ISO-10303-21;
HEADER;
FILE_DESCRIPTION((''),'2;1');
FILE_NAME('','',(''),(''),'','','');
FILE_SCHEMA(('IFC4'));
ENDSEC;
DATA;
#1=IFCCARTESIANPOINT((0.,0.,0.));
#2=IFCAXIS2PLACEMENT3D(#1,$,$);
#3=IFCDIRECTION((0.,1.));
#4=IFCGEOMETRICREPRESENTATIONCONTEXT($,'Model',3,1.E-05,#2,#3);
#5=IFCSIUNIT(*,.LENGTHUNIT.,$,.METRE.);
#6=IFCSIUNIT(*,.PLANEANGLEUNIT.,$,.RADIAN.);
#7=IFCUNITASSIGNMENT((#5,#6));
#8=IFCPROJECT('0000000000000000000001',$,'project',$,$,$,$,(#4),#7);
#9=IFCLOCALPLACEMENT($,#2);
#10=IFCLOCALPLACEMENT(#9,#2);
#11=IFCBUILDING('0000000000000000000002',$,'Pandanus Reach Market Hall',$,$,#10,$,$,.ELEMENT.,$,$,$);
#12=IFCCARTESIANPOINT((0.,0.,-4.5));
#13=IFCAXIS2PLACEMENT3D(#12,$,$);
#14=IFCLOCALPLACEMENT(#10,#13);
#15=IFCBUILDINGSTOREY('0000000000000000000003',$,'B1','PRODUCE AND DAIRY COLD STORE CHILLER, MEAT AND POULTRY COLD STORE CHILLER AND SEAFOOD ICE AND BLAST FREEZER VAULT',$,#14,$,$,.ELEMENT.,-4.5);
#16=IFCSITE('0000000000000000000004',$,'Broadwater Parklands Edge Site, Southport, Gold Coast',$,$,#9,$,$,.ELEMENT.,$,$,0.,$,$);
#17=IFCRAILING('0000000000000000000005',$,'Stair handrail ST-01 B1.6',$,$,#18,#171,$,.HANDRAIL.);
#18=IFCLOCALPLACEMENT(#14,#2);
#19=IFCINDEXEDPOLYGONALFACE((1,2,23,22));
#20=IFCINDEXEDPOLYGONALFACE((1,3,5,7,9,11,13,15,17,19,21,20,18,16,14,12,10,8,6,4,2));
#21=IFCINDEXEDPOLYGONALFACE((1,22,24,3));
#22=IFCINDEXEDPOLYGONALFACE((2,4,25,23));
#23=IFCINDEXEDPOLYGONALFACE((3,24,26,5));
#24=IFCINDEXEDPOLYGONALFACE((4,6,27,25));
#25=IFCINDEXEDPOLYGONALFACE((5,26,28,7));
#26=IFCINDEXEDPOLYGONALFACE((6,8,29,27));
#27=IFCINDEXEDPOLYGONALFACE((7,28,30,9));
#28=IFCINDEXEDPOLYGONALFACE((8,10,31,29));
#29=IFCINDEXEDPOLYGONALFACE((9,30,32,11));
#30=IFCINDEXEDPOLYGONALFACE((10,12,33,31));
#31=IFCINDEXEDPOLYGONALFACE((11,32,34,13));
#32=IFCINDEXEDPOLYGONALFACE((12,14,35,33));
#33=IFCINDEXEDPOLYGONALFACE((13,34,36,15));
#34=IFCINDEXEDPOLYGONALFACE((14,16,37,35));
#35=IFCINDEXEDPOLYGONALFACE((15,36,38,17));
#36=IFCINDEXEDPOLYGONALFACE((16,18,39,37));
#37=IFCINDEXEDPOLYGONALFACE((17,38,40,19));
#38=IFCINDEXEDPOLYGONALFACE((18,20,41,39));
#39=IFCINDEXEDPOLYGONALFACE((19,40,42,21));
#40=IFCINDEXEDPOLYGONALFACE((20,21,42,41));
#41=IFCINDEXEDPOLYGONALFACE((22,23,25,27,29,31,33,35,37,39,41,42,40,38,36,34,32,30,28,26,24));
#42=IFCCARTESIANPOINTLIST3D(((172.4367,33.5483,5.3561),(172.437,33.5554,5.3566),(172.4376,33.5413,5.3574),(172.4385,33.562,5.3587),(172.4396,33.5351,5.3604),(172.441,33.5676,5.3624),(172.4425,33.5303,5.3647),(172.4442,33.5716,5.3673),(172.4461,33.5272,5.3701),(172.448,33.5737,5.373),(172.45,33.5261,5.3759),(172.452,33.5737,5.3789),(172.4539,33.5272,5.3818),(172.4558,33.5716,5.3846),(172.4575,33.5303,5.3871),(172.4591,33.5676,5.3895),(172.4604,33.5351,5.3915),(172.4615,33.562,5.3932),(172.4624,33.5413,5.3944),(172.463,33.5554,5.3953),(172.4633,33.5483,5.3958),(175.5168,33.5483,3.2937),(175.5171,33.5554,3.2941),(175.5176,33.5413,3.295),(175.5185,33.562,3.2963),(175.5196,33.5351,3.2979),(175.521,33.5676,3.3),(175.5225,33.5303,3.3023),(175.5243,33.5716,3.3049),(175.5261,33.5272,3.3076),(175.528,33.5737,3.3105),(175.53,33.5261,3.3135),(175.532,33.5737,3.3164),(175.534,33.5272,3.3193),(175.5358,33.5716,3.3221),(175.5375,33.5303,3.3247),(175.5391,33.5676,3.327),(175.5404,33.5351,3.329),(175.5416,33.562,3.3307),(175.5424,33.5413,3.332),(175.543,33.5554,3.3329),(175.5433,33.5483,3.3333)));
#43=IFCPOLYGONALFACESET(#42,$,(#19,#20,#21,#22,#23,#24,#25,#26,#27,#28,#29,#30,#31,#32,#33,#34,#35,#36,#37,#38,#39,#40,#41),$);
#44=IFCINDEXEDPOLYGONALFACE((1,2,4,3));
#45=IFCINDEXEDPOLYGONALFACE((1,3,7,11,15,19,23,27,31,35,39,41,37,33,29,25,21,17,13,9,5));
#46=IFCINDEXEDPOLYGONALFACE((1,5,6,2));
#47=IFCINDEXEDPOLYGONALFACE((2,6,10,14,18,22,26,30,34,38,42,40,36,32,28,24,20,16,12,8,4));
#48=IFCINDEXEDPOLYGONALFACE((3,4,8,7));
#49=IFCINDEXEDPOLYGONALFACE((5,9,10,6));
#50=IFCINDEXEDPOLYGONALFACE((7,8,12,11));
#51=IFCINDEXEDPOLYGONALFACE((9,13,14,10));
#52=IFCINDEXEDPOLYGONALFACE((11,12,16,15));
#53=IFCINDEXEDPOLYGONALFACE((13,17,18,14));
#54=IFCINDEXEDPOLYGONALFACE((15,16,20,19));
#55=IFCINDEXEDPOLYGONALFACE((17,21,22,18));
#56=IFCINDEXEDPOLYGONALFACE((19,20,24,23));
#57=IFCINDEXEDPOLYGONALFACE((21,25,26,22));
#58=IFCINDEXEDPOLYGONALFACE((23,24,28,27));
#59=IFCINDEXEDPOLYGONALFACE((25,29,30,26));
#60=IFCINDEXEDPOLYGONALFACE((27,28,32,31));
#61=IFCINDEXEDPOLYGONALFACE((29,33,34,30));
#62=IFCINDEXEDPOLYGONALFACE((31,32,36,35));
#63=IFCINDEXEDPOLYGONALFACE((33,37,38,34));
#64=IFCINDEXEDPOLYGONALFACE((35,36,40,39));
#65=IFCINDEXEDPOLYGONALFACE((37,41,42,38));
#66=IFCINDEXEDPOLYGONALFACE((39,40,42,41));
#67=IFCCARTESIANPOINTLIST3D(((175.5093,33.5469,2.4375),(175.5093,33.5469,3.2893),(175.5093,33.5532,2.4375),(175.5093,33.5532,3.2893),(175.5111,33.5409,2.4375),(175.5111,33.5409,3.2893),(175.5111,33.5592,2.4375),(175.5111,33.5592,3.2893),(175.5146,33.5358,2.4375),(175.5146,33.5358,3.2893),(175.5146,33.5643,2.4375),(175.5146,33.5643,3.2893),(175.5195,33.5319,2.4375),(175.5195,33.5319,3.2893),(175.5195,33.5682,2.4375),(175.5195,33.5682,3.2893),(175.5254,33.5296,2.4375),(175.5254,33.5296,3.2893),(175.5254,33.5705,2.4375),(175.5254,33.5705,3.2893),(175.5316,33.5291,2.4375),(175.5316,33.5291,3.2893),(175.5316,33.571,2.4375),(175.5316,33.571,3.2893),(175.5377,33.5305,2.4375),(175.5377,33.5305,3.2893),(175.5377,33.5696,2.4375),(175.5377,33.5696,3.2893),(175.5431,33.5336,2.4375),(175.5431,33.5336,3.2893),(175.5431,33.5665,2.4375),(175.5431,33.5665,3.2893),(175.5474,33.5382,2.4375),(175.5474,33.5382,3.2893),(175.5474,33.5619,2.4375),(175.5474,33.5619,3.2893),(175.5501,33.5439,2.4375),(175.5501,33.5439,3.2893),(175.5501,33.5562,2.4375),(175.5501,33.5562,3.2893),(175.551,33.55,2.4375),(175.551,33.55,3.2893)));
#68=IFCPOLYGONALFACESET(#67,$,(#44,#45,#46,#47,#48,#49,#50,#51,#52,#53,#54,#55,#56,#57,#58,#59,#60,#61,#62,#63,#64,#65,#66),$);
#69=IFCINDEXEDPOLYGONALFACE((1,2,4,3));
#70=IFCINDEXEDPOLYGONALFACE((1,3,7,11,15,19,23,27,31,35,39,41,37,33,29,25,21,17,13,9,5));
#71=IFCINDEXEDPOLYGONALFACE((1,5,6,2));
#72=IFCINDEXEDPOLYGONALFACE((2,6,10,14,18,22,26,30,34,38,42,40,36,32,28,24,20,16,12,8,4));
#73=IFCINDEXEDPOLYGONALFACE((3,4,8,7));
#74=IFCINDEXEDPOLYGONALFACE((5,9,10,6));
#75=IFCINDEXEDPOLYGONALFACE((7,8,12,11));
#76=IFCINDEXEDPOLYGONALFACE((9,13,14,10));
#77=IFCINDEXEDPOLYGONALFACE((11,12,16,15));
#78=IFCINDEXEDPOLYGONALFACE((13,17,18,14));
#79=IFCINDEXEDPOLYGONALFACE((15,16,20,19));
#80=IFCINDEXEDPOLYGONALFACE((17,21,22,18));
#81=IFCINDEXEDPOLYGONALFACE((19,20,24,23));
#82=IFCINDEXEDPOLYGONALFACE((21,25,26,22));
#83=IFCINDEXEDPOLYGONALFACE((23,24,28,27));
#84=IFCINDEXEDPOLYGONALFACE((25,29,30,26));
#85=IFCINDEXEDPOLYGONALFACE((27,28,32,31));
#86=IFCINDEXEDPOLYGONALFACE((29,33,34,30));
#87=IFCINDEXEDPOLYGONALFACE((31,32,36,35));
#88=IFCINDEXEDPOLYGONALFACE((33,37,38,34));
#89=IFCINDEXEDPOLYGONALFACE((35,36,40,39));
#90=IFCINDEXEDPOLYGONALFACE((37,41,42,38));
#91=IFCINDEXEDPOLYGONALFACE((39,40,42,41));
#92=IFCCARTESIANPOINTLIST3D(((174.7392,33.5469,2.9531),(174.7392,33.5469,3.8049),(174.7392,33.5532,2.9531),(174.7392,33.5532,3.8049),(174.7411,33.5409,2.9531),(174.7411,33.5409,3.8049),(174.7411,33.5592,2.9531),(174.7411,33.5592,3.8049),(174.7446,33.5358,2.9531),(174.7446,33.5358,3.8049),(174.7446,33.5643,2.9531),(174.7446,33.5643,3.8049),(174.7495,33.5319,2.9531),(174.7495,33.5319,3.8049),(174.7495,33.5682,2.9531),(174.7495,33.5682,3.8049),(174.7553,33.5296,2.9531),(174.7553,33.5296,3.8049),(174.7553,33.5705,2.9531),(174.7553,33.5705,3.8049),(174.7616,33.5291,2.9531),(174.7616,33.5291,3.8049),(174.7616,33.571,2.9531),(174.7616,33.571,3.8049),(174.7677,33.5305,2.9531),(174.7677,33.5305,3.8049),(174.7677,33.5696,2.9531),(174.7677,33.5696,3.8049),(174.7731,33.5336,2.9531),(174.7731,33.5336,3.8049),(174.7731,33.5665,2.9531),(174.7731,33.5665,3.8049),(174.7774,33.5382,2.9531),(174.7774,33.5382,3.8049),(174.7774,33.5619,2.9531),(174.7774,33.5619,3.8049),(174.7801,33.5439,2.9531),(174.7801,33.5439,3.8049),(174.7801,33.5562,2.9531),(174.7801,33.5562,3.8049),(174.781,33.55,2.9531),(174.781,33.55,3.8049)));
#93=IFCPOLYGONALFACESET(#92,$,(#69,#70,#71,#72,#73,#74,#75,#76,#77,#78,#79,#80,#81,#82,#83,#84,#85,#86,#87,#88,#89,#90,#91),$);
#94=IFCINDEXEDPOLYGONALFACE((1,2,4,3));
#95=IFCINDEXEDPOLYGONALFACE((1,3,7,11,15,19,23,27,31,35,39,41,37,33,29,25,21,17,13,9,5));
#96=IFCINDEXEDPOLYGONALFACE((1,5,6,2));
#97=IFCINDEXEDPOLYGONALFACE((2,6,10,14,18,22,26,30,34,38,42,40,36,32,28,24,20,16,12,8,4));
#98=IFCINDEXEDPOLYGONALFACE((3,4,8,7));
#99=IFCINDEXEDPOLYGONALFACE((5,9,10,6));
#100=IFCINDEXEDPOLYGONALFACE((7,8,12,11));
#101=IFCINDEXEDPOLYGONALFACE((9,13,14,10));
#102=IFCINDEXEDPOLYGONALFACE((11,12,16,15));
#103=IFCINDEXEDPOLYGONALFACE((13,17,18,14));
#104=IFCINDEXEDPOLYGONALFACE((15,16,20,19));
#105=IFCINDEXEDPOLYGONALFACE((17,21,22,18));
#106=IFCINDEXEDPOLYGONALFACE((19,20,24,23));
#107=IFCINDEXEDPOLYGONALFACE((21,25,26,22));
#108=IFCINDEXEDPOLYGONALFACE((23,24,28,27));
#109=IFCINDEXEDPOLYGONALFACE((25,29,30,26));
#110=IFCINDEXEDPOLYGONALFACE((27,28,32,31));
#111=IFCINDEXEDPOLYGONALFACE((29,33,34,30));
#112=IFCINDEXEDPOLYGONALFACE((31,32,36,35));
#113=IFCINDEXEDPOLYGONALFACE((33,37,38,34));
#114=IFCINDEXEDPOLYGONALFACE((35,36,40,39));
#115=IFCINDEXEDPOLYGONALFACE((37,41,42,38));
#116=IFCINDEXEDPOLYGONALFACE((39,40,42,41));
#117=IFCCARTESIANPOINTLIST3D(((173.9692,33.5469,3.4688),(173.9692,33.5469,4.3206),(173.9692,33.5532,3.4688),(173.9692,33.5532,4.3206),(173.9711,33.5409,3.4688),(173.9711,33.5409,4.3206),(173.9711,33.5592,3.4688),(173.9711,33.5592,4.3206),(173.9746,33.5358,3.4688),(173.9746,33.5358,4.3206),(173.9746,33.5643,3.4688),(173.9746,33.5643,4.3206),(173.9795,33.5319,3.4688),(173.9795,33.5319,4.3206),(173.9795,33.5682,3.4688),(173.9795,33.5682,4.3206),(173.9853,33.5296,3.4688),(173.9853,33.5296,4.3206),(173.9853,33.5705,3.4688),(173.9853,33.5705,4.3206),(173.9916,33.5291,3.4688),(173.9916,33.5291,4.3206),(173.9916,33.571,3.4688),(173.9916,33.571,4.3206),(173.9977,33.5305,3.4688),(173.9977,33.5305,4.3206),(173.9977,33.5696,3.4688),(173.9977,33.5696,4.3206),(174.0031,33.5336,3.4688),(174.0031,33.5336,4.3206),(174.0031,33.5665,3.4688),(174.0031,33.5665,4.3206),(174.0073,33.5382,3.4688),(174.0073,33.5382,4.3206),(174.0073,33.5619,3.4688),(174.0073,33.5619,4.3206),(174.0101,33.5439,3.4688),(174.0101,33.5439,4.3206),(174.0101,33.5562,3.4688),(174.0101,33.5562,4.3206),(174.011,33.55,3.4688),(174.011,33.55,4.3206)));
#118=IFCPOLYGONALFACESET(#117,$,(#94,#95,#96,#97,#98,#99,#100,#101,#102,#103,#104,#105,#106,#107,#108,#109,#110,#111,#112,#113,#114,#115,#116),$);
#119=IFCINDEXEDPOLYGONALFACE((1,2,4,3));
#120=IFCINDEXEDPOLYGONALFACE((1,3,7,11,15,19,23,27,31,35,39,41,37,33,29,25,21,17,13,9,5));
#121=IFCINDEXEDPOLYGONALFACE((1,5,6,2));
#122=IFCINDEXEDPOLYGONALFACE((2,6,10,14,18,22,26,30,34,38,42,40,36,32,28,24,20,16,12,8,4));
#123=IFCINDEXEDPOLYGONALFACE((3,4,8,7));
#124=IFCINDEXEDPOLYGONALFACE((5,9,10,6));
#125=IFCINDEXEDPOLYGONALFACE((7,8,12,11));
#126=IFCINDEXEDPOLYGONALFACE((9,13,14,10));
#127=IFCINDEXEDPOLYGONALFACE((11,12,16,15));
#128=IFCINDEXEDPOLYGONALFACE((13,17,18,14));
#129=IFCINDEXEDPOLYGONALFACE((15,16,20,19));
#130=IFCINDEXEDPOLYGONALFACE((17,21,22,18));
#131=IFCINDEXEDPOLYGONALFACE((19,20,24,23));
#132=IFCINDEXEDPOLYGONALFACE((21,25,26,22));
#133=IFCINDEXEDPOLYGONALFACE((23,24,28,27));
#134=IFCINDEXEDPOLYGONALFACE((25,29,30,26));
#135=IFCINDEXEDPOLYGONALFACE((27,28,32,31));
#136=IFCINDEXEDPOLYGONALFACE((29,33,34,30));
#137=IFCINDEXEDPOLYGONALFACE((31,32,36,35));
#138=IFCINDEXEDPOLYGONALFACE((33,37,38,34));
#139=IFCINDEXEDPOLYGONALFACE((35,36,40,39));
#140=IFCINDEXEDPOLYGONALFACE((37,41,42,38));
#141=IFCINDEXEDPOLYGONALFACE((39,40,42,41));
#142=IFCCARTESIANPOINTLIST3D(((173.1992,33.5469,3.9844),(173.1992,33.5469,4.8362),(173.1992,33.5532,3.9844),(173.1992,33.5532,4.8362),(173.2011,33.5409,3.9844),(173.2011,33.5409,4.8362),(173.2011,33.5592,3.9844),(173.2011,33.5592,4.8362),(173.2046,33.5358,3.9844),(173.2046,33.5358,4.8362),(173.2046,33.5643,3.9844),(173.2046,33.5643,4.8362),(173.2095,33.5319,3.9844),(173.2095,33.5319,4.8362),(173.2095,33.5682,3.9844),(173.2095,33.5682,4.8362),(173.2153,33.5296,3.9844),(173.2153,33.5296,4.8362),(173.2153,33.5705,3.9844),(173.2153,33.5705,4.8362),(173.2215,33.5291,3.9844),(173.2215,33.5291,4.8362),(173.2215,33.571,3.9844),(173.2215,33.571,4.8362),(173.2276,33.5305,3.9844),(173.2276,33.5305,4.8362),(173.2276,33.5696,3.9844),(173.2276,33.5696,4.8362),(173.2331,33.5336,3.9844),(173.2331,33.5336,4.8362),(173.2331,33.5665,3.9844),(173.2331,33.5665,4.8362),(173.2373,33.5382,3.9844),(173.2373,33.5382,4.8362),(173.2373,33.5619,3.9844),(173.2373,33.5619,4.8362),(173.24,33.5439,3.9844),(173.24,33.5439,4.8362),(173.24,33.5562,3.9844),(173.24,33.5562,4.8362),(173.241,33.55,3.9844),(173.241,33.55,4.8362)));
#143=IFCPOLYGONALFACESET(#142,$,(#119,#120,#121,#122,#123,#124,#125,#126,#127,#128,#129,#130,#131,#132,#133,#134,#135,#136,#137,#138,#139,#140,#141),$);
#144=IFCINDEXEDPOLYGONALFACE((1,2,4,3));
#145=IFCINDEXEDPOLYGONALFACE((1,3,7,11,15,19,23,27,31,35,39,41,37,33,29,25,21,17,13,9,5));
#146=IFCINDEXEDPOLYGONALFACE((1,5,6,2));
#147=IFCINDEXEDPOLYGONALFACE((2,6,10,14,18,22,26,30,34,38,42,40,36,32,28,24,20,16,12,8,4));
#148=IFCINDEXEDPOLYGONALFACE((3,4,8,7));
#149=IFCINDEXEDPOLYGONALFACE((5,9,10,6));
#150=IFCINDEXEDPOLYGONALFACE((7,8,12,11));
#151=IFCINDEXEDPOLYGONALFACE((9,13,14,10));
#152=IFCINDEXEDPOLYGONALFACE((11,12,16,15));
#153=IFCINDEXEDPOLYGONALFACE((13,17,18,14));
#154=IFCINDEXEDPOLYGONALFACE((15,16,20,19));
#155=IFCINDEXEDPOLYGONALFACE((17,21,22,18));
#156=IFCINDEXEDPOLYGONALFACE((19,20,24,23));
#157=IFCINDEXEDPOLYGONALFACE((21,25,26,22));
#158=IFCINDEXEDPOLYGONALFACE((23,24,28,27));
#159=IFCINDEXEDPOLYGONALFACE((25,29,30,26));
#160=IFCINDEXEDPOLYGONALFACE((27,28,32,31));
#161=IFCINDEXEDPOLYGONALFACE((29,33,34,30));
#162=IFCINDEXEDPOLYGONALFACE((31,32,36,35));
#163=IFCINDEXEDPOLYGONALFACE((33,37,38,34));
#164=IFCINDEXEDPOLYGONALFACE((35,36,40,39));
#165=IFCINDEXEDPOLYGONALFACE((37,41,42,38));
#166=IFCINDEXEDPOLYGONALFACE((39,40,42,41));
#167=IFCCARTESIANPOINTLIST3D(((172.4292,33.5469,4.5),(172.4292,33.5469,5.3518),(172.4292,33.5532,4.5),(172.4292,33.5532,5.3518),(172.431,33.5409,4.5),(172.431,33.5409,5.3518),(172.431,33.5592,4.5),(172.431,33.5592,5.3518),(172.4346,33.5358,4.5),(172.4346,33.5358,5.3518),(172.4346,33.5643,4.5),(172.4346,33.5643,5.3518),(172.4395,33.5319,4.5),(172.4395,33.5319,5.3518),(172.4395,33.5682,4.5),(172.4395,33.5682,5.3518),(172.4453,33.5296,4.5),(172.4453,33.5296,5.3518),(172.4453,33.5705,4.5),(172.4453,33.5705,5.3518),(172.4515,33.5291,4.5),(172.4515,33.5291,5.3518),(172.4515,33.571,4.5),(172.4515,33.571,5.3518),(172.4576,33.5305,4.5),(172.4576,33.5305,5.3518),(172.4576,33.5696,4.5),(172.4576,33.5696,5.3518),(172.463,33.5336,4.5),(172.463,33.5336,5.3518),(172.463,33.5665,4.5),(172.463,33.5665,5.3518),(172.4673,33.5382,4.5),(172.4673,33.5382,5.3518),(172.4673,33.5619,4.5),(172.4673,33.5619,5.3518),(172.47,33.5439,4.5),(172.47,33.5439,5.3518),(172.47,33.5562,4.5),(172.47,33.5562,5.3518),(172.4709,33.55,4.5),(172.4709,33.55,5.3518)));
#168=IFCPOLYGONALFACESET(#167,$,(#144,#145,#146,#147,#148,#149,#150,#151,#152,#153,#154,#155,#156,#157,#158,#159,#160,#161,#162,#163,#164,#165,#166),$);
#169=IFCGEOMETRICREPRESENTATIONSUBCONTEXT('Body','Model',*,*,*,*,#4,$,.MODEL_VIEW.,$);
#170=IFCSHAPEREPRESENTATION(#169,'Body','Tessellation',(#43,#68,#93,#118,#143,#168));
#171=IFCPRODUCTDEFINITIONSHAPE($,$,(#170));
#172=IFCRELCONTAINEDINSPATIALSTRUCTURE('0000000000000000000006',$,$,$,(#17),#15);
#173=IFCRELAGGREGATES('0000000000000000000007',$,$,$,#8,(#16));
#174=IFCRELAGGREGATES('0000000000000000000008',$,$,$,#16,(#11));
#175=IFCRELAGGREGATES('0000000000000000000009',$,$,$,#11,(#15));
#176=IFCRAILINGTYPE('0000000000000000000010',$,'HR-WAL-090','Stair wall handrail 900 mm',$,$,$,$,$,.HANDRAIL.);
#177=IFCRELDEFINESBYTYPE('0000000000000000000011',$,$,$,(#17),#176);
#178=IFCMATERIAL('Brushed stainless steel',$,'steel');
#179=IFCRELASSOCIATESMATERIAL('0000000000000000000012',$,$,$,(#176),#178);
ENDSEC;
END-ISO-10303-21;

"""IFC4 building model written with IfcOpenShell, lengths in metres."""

from ifc_helpers import new_model, si_unit, direction, frame, origin, origin_2d, place, context, subcontext, project, spatial, circle, extrude, material, type_object, element, save


model = new_model("IFC4")

# Units and contexts
model_context = context("Model", 3, precision=1e-05, world=origin(), true_north=direction((0.0, 1.0)))
body_context = subcontext(model_context, "Body", "Model", "MODEL_VIEW")
ifc_project = project(units=[si_unit("LENGTHUNIT", "METRE"), si_unit("PLANEANGLEUNIT", "RADIAN")], contexts=[model_context])

# Site, building, storey
site_placement = place(None, origin())
site = spatial("IfcSite", under=ifc_project, at=site_placement, Name="Broadwater Parklands Edge Site, Southport, Gold Coast", CompositionType="ELEMENT", RefElevation=0.0)
building_placement = place(site_placement, origin())
building = spatial("IfcBuilding", under=site, at=building_placement, Name="Pandanus Reach Market Hall", CompositionType="ELEMENT")
storey_placement = place(building_placement, frame((0.0, 0.0, -4.5)))
storey = spatial("IfcBuildingStorey", under=building, at=storey_placement, Name="B1", Description="PRODUCE AND DAIRY COLD STORE CHILLER, MEAT AND POULTRY COLD STORE CHILLER AND SEAFOOD ICE AND BLAST FREEZER VAULT", CompositionType="ELEMENT", Elevation=-4.5)

# Railing
ifc_material_1 = material(Name="Brushed stainless steel", Category="steel")
railing_type_1 = type_object("IfcRailingType", Name="HR-WAL-090", Description="Stair wall handrail 900 mm", PredefinedType="HANDRAIL", material=ifc_material_1)
railing_1_placement = place(storey_placement, frame((175.53, 33.55, 2.4375)))
element("IfcRailing", 1, at=railing_1_placement, inside=storey, type_object=railing_type_1, Name="Stair handrail ST-01 B1.6", PredefinedType="HANDRAIL", context=body_context, shape_type="SweptSolid", body=[
    extrude(circle(Radius=0.0239, at=origin_2d()), frame((0.0, 0.0, 0.876), z_axis=(-0.830914, 0.0, 0.556401), x_axis=(0.0, -1.0, 0.0)), (0.0, 0.0, 1.0), 3.7068),
    extrude(circle(Radius=0.021, at=origin_2d()), origin(), (0.0, 0.0, 1.0), 0.8518),
    extrude(circle(Radius=0.021, at=origin_2d()), frame((-0.77, 0.0, 0.5156)), (0.0, 0.0, 1.0), 0.8518),
    extrude(circle(Radius=0.021, at=origin_2d()), frame((-1.54, 0.0, 1.0312)), (0.0, 0.0, 1.0), 0.8518),
    extrude(circle(Radius=0.021, at=origin_2d()), frame((-2.3101, 0.0, 1.5469)), (0.0, 0.0, 1.0), 0.8518),
    extrude(circle(Radius=0.021, at=origin_2d()), frame((-3.0801, 0.0, 2.0625)), (0.0, 0.0, 1.0), 0.8518),
])

save(model, "model.ifc")
